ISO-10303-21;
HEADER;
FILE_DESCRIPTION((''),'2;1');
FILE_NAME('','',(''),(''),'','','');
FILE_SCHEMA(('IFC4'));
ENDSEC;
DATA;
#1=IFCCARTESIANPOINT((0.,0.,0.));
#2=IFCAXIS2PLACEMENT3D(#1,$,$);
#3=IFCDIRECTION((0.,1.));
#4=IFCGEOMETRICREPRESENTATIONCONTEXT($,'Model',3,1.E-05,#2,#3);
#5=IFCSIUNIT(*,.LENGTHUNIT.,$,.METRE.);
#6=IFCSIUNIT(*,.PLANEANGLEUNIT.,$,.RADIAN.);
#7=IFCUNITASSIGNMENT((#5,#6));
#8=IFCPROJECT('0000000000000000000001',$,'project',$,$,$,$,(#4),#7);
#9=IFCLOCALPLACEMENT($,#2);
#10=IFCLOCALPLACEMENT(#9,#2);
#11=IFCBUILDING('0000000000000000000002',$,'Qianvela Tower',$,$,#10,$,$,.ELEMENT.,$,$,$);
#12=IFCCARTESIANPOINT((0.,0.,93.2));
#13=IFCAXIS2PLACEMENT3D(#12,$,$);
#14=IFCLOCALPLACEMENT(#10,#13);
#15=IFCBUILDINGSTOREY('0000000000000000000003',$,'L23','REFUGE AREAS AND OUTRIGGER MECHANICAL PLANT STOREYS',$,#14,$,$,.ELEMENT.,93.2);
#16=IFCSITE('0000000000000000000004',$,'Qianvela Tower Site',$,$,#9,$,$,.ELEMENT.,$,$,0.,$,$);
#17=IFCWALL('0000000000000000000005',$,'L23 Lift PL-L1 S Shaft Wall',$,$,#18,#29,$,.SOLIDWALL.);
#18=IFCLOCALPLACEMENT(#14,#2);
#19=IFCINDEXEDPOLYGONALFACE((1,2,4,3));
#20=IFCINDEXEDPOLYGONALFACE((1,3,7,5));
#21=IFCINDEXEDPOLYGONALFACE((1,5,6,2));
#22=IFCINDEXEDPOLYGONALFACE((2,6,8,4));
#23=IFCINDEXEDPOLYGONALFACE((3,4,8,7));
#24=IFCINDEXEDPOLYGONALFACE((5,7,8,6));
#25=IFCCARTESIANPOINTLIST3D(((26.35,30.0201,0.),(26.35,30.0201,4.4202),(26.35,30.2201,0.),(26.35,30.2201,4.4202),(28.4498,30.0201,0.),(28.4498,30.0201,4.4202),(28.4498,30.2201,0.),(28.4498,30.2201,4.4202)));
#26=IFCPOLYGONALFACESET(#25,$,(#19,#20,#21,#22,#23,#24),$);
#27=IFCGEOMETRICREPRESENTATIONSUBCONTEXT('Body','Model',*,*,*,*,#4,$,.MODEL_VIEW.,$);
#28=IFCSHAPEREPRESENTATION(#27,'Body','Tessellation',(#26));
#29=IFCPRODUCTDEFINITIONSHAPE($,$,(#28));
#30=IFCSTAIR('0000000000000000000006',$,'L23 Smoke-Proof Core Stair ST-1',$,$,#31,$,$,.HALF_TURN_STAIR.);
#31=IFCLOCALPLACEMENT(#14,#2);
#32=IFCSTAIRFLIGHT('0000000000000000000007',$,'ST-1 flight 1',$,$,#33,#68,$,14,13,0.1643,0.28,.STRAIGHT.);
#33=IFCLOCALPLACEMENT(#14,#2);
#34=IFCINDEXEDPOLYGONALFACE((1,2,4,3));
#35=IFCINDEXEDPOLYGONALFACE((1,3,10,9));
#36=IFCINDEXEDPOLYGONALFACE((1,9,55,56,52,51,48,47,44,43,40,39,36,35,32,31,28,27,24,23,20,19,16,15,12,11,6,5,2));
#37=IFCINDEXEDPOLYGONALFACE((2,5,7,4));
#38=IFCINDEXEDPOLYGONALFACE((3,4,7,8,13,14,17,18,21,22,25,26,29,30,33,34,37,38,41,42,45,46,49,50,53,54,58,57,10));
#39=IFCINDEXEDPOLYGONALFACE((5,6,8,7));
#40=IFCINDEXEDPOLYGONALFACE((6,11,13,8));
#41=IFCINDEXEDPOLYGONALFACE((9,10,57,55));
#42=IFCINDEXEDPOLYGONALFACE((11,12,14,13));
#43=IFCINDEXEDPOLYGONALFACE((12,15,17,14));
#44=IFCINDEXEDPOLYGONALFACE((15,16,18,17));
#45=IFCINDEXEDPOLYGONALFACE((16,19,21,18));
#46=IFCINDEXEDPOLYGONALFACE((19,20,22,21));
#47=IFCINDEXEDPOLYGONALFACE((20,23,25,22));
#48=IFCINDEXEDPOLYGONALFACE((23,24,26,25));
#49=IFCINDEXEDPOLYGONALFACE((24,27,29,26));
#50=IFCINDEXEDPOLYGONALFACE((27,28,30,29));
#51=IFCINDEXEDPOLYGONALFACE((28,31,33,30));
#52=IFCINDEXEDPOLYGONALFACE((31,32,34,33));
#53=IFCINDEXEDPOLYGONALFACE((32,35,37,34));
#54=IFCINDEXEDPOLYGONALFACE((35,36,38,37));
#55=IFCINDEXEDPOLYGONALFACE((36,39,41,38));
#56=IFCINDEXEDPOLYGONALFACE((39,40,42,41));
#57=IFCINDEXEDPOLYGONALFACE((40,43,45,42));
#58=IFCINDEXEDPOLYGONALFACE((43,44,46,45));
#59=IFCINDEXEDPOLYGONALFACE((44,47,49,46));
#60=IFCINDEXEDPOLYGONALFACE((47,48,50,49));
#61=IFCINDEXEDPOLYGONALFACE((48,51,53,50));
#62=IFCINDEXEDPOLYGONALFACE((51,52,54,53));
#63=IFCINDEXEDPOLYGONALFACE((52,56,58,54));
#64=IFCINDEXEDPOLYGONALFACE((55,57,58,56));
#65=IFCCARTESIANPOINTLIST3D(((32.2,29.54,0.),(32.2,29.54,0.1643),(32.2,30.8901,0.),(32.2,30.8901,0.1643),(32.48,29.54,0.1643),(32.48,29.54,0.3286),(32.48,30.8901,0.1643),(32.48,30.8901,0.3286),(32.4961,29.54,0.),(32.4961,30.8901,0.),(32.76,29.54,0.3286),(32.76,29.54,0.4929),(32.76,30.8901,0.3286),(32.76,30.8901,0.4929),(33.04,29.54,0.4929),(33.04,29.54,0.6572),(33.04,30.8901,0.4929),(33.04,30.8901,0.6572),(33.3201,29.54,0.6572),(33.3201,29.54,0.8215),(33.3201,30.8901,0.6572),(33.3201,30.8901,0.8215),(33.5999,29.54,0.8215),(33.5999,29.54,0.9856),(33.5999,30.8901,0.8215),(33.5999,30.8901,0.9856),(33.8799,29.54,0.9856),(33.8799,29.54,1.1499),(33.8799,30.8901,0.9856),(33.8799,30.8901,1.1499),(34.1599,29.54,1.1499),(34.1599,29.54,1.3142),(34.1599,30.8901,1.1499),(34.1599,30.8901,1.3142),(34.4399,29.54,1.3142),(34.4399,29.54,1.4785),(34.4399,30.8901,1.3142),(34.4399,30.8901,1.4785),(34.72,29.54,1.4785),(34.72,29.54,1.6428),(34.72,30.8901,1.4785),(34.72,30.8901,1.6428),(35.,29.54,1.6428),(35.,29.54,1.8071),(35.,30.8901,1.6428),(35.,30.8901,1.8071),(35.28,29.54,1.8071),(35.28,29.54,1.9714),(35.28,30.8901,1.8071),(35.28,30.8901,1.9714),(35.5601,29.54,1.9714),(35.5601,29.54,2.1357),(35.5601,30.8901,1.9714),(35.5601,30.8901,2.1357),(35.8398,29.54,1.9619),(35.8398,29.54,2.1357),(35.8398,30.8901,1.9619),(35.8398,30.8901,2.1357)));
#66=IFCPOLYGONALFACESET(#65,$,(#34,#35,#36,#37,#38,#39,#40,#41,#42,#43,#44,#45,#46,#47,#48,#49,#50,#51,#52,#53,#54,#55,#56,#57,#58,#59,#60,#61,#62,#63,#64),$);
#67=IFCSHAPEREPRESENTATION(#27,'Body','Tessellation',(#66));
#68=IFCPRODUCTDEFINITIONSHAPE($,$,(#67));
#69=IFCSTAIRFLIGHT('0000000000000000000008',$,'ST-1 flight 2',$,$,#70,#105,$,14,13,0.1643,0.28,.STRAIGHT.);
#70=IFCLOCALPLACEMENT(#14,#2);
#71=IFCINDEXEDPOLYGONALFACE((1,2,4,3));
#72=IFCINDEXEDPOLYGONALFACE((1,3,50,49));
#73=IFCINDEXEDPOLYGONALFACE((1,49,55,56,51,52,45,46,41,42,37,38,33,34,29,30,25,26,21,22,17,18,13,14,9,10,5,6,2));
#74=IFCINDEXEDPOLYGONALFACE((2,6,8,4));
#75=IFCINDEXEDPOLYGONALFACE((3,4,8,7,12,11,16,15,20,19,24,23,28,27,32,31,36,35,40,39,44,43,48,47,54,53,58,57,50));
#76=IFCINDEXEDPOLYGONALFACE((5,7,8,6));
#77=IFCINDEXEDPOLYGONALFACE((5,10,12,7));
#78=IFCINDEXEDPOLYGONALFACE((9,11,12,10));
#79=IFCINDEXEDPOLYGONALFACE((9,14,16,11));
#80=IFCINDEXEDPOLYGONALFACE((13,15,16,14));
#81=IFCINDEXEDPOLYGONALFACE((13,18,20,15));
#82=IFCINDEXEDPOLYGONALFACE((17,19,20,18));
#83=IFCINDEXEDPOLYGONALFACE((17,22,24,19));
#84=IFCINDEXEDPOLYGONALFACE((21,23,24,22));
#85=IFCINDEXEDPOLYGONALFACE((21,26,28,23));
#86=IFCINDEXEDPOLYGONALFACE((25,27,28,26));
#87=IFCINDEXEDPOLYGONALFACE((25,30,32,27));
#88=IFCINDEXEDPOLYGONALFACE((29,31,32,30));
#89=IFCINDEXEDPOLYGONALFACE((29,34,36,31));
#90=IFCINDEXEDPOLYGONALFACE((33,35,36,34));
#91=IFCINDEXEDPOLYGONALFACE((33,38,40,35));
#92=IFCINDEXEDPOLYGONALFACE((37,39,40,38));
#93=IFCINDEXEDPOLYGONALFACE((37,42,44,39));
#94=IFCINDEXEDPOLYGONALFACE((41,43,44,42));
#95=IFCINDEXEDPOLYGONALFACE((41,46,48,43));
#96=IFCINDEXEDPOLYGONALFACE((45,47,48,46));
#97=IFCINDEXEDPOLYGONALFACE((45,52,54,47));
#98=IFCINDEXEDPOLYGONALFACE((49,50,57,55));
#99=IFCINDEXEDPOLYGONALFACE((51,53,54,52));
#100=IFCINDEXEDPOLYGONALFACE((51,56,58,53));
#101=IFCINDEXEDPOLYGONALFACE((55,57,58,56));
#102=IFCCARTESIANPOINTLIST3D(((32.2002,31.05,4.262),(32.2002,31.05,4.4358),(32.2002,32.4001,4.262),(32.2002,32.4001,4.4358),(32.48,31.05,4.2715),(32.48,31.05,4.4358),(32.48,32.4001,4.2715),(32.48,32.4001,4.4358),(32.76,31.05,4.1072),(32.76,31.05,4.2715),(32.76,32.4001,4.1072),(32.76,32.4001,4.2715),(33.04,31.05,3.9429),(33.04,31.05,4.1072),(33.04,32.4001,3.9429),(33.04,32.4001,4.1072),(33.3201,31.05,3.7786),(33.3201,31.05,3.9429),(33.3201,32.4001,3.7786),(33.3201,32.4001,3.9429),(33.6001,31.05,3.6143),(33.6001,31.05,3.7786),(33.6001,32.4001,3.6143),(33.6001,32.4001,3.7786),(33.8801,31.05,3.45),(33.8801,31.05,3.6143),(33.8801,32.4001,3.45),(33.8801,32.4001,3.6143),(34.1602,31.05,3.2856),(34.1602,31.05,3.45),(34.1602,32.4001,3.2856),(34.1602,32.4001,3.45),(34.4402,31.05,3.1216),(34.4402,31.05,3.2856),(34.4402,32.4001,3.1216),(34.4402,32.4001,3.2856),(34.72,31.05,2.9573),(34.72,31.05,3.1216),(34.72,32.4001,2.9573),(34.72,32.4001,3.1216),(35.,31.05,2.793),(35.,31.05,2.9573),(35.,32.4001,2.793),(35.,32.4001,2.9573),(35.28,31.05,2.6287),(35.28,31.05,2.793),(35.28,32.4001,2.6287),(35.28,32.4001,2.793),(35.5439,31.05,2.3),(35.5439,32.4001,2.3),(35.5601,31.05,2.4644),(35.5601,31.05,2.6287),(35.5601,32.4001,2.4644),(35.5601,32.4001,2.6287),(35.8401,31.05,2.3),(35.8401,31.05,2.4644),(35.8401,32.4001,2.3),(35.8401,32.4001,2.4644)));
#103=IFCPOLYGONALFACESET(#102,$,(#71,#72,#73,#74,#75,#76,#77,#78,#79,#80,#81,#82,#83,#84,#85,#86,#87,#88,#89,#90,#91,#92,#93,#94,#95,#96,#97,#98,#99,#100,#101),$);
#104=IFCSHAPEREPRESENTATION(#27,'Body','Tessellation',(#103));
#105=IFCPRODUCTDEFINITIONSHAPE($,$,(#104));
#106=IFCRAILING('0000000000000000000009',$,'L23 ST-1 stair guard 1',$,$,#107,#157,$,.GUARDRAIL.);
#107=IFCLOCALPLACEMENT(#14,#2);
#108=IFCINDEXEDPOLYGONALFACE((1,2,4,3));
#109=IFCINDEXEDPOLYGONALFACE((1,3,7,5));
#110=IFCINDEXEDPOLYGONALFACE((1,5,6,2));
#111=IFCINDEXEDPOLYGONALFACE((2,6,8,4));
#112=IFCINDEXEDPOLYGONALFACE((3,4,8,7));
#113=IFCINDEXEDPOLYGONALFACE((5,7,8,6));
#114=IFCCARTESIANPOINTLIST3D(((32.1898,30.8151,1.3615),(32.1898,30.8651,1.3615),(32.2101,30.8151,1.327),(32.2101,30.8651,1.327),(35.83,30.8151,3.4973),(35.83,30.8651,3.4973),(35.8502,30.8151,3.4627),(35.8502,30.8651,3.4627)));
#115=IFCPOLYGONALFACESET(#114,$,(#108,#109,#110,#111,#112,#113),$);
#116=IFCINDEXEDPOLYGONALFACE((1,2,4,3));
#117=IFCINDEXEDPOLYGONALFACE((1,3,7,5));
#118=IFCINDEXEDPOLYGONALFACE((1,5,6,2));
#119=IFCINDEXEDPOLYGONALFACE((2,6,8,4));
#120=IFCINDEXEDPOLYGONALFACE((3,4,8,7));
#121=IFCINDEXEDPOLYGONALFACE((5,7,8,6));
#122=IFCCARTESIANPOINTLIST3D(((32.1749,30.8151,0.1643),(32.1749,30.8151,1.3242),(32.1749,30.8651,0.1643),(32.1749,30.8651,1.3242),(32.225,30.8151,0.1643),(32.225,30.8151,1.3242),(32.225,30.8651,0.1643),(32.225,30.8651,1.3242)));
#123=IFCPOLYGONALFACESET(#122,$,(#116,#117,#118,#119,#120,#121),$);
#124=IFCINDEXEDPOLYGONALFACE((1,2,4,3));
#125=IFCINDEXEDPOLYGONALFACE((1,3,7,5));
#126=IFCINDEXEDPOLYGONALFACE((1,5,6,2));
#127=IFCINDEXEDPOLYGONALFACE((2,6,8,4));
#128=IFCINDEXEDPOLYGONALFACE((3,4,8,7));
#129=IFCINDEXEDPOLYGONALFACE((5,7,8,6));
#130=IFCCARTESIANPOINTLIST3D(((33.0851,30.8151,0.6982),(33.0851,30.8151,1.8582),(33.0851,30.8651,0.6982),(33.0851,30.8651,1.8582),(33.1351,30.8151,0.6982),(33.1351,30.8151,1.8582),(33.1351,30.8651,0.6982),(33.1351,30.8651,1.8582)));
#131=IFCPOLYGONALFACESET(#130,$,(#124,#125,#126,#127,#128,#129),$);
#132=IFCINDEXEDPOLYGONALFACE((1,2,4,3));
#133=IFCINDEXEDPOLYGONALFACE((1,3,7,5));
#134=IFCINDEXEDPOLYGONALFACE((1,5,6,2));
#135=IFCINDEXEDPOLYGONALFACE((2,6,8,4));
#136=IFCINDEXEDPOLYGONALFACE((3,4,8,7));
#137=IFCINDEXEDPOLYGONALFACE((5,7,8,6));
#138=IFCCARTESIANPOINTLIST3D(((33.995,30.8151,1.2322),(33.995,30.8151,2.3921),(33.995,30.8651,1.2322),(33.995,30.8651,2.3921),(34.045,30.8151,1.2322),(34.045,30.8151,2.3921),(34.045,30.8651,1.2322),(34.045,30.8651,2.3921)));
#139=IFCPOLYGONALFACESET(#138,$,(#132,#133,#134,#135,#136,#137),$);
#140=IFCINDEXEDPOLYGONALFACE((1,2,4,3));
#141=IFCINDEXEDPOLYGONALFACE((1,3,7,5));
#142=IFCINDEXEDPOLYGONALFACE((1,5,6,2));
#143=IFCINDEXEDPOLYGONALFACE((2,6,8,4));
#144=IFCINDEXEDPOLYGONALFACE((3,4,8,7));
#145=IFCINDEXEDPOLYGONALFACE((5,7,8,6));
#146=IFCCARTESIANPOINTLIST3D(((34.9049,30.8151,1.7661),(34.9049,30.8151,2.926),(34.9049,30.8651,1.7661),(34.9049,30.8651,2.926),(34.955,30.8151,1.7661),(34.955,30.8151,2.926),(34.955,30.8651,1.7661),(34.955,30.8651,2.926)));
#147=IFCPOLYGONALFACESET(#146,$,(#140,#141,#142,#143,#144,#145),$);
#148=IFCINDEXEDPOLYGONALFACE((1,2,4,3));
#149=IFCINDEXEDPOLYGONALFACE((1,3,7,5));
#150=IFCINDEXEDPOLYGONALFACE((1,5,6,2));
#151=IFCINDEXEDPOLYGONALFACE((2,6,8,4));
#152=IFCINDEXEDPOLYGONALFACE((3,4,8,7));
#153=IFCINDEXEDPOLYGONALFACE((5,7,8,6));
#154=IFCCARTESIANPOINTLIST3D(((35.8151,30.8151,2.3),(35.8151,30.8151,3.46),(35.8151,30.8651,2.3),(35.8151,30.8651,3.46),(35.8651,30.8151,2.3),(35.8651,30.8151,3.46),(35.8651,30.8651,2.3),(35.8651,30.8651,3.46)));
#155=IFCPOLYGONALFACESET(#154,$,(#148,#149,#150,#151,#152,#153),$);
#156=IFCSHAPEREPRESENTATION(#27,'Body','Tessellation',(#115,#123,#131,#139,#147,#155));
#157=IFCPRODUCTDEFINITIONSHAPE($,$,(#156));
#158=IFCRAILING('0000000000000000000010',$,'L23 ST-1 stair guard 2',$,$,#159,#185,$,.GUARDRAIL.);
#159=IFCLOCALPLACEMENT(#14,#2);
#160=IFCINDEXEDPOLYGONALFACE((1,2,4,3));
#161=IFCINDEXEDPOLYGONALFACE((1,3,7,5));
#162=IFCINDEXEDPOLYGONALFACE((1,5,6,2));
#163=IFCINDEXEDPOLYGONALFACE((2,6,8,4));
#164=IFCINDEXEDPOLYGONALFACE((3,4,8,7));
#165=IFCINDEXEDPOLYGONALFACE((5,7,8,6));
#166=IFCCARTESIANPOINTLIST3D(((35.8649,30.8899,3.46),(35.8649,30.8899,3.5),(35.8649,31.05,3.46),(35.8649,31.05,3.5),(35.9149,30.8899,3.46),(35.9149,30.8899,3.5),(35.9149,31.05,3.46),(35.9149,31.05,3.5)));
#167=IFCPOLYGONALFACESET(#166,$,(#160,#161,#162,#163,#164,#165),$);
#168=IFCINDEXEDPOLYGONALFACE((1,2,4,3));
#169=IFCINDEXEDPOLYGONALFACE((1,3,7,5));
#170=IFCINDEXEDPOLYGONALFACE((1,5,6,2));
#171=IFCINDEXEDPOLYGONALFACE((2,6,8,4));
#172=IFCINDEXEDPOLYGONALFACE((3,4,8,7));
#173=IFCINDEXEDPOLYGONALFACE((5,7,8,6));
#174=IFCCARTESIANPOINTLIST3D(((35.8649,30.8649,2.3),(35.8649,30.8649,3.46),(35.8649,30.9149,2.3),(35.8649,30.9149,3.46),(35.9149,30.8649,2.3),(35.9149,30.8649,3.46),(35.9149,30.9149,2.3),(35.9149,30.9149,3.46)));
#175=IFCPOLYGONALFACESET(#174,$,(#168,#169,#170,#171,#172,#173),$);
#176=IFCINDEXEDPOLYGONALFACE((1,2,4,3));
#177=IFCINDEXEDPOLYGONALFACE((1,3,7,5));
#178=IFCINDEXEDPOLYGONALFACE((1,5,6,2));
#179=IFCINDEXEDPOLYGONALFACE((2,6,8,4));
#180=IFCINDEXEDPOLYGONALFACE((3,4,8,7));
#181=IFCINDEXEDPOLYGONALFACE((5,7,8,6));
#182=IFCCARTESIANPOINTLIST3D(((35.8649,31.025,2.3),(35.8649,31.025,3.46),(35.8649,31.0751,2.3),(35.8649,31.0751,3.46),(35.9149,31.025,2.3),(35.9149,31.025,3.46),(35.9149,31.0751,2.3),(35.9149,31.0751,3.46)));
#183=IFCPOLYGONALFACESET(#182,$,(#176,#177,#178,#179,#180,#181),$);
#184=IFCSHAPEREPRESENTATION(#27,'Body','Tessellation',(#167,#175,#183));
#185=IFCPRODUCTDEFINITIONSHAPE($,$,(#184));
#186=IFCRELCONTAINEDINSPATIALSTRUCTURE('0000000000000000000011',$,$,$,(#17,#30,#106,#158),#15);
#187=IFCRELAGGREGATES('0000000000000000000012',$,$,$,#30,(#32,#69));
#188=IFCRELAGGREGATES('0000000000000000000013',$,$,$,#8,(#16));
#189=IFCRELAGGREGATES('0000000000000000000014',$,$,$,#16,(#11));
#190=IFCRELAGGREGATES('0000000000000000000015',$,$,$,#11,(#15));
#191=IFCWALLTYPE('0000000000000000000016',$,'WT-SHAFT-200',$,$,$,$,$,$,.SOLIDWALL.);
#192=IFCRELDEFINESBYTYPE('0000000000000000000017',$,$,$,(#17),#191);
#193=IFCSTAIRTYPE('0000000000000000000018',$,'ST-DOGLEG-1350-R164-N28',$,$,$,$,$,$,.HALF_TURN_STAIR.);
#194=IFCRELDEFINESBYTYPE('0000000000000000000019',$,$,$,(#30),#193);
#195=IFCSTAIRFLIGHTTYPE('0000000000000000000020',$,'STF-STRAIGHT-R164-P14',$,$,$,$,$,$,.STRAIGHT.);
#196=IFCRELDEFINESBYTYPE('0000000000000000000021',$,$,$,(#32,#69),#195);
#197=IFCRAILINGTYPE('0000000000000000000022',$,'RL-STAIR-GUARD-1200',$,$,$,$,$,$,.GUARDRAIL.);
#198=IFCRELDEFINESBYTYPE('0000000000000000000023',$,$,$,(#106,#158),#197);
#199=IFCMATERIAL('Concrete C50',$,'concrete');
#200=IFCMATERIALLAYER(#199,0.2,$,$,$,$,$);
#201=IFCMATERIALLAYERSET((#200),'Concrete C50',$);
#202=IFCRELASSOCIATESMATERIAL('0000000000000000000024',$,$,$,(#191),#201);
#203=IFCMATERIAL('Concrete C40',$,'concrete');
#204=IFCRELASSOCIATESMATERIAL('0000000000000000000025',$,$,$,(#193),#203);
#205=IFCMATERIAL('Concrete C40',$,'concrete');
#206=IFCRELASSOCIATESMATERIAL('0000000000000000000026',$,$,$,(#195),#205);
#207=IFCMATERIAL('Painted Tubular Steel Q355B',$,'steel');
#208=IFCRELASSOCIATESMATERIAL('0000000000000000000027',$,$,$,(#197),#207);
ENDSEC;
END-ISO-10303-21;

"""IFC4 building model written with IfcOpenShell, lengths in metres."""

from ifc_helpers import new_model, si_unit, direction, frame, frame_2d, origin, origin_2d, place, context, subcontext, project, spatial, polyline, rectangle, outline, extrude, material, layer, layer_set, type_object, element, aggregate, save


model = new_model("IFC4")

# Units and contexts
model_context = context("Model", 3, precision=1e-05, world=origin(), true_north=direction((0.0, 1.0)))
body_context = subcontext(model_context, "Body", "Model", "MODEL_VIEW")
ifc_project = project(units=[si_unit("LENGTHUNIT", "METRE"), si_unit("PLANEANGLEUNIT", "RADIAN")], contexts=[model_context])

# Site, building, storey
site_placement = place(None, origin())
site = spatial("IfcSite", under=ifc_project, at=site_placement, Name="Qianvela Tower Site", CompositionType="ELEMENT", RefElevation=0.0)
building_placement = place(site_placement, origin())
building = spatial("IfcBuilding", under=site, at=building_placement, Name="Qianvela Tower", CompositionType="ELEMENT")
storey_placement = place(building_placement, frame((0.0, 0.0, 93.2)))
storey = spatial("IfcBuildingStorey", under=building, at=storey_placement, Name="L23", Description="REFUGE AREAS AND OUTRIGGER MECHANICAL PLANT STOREYS", CompositionType="ELEMENT", Elevation=93.2)

# Shared definitions
ifc_material_1 = material(Name="Concrete C50", Category="concrete")
ifc_layer_1 = layer(ifc_material_1, 0.2)
ifc_layer_set_1 = layer_set([ifc_layer_1], Name="Concrete C50")
wall_type_1 = type_object("IfcWallType", Name="WT-SHAFT-200", PredefinedType="SOLIDWALL", material=ifc_layer_set_1)

# Wall
wall_1_placement = place(storey_placement, frame((26.3501, 30.1201, 0.0), z_axis=(0.0, 0.0, 1.0), x_axis=(1.0, 0.0, 0.0)))
element("IfcWall", 1, at=wall_1_placement, inside=storey, type_object=wall_type_1, Name="L23 Lift PL-L1 S Shaft Wall", PredefinedType="SOLIDWALL", context=body_context, shape_type="SweptSolid", body=[
    extrude(rectangle(XDim=2.0999, YDim=0.2, at=frame_2d((1.0498, 0.0))), origin(), (0.0, 0.0, 1.0), 4.4202),
])

# Stair, stair flights
ifc_material_2 = material(Name="Concrete C40", Category="concrete")
stair_type = type_object("IfcStairType", Name="ST-DOGLEG-1350-R164-N28", PredefinedType="HALF_TURN_STAIR", material=ifc_material_2)
stair_placement = place(storey_placement, origin())
stair = element("IfcStair", 2, at=stair_placement, inside=storey, type_object=stair_type, Name="L23 Smoke-Proof Core Stair ST-1", PredefinedType="HALF_TURN_STAIR")
ifc_material_3 = material(Name="Concrete C40", Category="concrete")
stair_flight_type = type_object("IfcStairFlightType", Name="STF-STRAIGHT-R164-P14", PredefinedType="STRAIGHT", material=ifc_material_3)
stair_flight_1_placement = place(storey_placement, frame((32.2, 30.2151, 0.0), z_axis=(0.0, 0.0, 1.0), x_axis=(1.0, 0.0, 0.0)))
stair_flight_1 = element("IfcStairFlight", 3, at=stair_flight_1_placement, type_object=stair_flight_type, Name="ST-1 flight 1", NumberOfRisers=14, NumberOfTreads=13, PredefinedType="STRAIGHT", RiserHeight=0.1643, TreadLength=0.28, context=body_context, shape_type="SweptSolid", body=[
    extrude(outline(polyline([(0.0, 0.0), (0.0, 0.1643), (0.28, 0.1643), (0.28, 0.3286), (0.5601, 0.3286), (0.5601, 0.4929), (0.8401, 0.4929), (0.8401, 0.6572), (1.1201, 0.6572), (1.1201, 0.8215), (1.3999, 0.8215), (1.3999, 0.9856), (1.6799, 0.9856), (1.6799, 1.1499), (1.96, 1.1499), (1.96, 1.3142), (2.24, 1.3142), (2.24, 1.4785), (2.52, 1.4785), (2.52, 1.6428), (2.8, 1.6428), (2.8, 1.8071), (3.0801, 1.8071), (3.0801, 1.9714), (3.3601, 1.9714), (3.3601, 2.1357), (3.6399, 2.1357), (3.6399, 2.3), (3.6399, 1.9619), (0.2961, 0.0), (0.0, 0.0)])), frame((0.0, 0.675, 0.0), z_axis=(0.0, -1.0, 0.0), x_axis=(1.0, 0.0, 0.0)), (0.0, 0.0, 1.0), 1.3501),
])
stair_flight_2_placement = place(storey_placement, frame((35.8401, 31.7251, 2.3), z_axis=(0.0, 0.0, 1.0), x_axis=(-1.0, 0.0, 0.0)))
stair_flight_2 = element("IfcStairFlight", 4, at=stair_flight_2_placement, type_object=stair_flight_type, Name="ST-1 flight 2", NumberOfRisers=14, NumberOfTreads=13, PredefinedType="STRAIGHT", RiserHeight=0.1643, TreadLength=0.28, context=body_context, shape_type="SweptSolid", body=[
    extrude(outline(polyline([(0.0, 0.0), (0.0, 0.1643), (0.28, 0.1643), (0.28, 0.3286), (0.5601, 0.3286), (0.5601, 0.4929), (0.8401, 0.4929), (0.8401, 0.6572), (1.1201, 0.6572), (1.1201, 0.8215), (1.3999, 0.8215), (1.3999, 0.9856), (1.6799, 0.9856), (1.6799, 1.1499), (1.96, 1.1499), (1.96, 1.3142), (2.24, 1.3142), (2.24, 1.4785), (2.52, 1.4785), (2.52, 1.6428), (2.8, 1.6428), (2.8, 1.8071), (3.0801, 1.8071), (3.0801, 1.9714), (3.3601, 1.9714), (3.3601, 2.1357), (3.6399, 2.1357), (3.6399, 2.3), (3.6399, 1.9619), (0.2961, 0.0), (0.0, 0.0)])), frame((0.0, 0.675, 0.0), z_axis=(0.0, -1.0, 0.0), x_axis=(1.0, 0.0, 0.0)), (0.0, 0.0, 1.0), 1.3501),
])
aggregate(stair, [stair_flight_1, stair_flight_2])

# Railings
ifc_material_4 = material(Name="Painted Tubular Steel Q355B", Category="steel")
railing_type_1 = type_object("IfcRailingType", Name="RL-STAIR-GUARD-1200", PredefinedType="GUARDRAIL", material=ifc_material_4)
railing_1_placement = place(storey_placement, frame((32.2, 30.8401, 0.1643)))
element("IfcRailing", 5, at=railing_1_placement, inside=storey, type_object=railing_type_1, Name="L23 ST-1 stair guard 1", PredefinedType="GUARDRAIL", context=body_context, shape_type="SweptSolid", body=[
    extrude(rectangle(XDim=0.05, YDim=0.04, at=origin_2d()), frame((0.0, 0.0, 1.1799), z_axis=(0.862505, 0.0, 0.506049), x_axis=(0.0, 1.0, 0.0)), (0.0, 0.0, 1.0), 4.2205),
    extrude(rectangle(XDim=0.05, YDim=0.05, at=origin_2d()), origin(), (0.0, 0.0, 1.0), 1.1599),
    extrude(rectangle(XDim=0.05, YDim=0.05, at=origin_2d()), frame((0.9102, 0.0, 0.5339)), (0.0, 0.0, 1.0), 1.1599),
    extrude(rectangle(XDim=0.05, YDim=0.05, at=origin_2d()), frame((1.8201, 0.0, 1.0679)), (0.0, 0.0, 1.0), 1.1599),
    extrude(rectangle(XDim=0.05, YDim=0.05, at=origin_2d()), frame((2.73, 0.0, 1.6018)), (0.0, 0.0, 1.0), 1.1599),
    extrude(rectangle(XDim=0.05, YDim=0.05, at=origin_2d()), frame((3.6401, 0.0, 2.1357)), (0.0, 0.0, 1.0), 1.1599),
])
railing_2_placement = place(storey_placement, frame((35.8899, 30.8899, 2.3)))
element("IfcRailing", 6, at=railing_2_placement, inside=storey, type_object=railing_type_1, Name="L23 ST-1 stair guard 2", PredefinedType="GUARDRAIL", context=body_context, shape_type="SweptSolid", body=[
    extrude(rectangle(XDim=0.05, YDim=0.04, at=origin_2d()), frame((0.0, 0.0, 1.1799), z_axis=(0.0, 1.0, 0.0), x_axis=(-1.0, 0.0, 0.0)), (0.0, 0.0, 1.0), 0.1602),
    extrude(rectangle(XDim=0.05, YDim=0.05, at=origin_2d()), origin(), (0.0, 0.0, 1.0), 1.1599),
    extrude(rectangle(XDim=0.05, YDim=0.05, at=origin_2d()), frame((0.0, 0.1602, 0.0)), (0.0, 0.0, 1.0), 1.1599),
])

save(model, "model.ifc")
